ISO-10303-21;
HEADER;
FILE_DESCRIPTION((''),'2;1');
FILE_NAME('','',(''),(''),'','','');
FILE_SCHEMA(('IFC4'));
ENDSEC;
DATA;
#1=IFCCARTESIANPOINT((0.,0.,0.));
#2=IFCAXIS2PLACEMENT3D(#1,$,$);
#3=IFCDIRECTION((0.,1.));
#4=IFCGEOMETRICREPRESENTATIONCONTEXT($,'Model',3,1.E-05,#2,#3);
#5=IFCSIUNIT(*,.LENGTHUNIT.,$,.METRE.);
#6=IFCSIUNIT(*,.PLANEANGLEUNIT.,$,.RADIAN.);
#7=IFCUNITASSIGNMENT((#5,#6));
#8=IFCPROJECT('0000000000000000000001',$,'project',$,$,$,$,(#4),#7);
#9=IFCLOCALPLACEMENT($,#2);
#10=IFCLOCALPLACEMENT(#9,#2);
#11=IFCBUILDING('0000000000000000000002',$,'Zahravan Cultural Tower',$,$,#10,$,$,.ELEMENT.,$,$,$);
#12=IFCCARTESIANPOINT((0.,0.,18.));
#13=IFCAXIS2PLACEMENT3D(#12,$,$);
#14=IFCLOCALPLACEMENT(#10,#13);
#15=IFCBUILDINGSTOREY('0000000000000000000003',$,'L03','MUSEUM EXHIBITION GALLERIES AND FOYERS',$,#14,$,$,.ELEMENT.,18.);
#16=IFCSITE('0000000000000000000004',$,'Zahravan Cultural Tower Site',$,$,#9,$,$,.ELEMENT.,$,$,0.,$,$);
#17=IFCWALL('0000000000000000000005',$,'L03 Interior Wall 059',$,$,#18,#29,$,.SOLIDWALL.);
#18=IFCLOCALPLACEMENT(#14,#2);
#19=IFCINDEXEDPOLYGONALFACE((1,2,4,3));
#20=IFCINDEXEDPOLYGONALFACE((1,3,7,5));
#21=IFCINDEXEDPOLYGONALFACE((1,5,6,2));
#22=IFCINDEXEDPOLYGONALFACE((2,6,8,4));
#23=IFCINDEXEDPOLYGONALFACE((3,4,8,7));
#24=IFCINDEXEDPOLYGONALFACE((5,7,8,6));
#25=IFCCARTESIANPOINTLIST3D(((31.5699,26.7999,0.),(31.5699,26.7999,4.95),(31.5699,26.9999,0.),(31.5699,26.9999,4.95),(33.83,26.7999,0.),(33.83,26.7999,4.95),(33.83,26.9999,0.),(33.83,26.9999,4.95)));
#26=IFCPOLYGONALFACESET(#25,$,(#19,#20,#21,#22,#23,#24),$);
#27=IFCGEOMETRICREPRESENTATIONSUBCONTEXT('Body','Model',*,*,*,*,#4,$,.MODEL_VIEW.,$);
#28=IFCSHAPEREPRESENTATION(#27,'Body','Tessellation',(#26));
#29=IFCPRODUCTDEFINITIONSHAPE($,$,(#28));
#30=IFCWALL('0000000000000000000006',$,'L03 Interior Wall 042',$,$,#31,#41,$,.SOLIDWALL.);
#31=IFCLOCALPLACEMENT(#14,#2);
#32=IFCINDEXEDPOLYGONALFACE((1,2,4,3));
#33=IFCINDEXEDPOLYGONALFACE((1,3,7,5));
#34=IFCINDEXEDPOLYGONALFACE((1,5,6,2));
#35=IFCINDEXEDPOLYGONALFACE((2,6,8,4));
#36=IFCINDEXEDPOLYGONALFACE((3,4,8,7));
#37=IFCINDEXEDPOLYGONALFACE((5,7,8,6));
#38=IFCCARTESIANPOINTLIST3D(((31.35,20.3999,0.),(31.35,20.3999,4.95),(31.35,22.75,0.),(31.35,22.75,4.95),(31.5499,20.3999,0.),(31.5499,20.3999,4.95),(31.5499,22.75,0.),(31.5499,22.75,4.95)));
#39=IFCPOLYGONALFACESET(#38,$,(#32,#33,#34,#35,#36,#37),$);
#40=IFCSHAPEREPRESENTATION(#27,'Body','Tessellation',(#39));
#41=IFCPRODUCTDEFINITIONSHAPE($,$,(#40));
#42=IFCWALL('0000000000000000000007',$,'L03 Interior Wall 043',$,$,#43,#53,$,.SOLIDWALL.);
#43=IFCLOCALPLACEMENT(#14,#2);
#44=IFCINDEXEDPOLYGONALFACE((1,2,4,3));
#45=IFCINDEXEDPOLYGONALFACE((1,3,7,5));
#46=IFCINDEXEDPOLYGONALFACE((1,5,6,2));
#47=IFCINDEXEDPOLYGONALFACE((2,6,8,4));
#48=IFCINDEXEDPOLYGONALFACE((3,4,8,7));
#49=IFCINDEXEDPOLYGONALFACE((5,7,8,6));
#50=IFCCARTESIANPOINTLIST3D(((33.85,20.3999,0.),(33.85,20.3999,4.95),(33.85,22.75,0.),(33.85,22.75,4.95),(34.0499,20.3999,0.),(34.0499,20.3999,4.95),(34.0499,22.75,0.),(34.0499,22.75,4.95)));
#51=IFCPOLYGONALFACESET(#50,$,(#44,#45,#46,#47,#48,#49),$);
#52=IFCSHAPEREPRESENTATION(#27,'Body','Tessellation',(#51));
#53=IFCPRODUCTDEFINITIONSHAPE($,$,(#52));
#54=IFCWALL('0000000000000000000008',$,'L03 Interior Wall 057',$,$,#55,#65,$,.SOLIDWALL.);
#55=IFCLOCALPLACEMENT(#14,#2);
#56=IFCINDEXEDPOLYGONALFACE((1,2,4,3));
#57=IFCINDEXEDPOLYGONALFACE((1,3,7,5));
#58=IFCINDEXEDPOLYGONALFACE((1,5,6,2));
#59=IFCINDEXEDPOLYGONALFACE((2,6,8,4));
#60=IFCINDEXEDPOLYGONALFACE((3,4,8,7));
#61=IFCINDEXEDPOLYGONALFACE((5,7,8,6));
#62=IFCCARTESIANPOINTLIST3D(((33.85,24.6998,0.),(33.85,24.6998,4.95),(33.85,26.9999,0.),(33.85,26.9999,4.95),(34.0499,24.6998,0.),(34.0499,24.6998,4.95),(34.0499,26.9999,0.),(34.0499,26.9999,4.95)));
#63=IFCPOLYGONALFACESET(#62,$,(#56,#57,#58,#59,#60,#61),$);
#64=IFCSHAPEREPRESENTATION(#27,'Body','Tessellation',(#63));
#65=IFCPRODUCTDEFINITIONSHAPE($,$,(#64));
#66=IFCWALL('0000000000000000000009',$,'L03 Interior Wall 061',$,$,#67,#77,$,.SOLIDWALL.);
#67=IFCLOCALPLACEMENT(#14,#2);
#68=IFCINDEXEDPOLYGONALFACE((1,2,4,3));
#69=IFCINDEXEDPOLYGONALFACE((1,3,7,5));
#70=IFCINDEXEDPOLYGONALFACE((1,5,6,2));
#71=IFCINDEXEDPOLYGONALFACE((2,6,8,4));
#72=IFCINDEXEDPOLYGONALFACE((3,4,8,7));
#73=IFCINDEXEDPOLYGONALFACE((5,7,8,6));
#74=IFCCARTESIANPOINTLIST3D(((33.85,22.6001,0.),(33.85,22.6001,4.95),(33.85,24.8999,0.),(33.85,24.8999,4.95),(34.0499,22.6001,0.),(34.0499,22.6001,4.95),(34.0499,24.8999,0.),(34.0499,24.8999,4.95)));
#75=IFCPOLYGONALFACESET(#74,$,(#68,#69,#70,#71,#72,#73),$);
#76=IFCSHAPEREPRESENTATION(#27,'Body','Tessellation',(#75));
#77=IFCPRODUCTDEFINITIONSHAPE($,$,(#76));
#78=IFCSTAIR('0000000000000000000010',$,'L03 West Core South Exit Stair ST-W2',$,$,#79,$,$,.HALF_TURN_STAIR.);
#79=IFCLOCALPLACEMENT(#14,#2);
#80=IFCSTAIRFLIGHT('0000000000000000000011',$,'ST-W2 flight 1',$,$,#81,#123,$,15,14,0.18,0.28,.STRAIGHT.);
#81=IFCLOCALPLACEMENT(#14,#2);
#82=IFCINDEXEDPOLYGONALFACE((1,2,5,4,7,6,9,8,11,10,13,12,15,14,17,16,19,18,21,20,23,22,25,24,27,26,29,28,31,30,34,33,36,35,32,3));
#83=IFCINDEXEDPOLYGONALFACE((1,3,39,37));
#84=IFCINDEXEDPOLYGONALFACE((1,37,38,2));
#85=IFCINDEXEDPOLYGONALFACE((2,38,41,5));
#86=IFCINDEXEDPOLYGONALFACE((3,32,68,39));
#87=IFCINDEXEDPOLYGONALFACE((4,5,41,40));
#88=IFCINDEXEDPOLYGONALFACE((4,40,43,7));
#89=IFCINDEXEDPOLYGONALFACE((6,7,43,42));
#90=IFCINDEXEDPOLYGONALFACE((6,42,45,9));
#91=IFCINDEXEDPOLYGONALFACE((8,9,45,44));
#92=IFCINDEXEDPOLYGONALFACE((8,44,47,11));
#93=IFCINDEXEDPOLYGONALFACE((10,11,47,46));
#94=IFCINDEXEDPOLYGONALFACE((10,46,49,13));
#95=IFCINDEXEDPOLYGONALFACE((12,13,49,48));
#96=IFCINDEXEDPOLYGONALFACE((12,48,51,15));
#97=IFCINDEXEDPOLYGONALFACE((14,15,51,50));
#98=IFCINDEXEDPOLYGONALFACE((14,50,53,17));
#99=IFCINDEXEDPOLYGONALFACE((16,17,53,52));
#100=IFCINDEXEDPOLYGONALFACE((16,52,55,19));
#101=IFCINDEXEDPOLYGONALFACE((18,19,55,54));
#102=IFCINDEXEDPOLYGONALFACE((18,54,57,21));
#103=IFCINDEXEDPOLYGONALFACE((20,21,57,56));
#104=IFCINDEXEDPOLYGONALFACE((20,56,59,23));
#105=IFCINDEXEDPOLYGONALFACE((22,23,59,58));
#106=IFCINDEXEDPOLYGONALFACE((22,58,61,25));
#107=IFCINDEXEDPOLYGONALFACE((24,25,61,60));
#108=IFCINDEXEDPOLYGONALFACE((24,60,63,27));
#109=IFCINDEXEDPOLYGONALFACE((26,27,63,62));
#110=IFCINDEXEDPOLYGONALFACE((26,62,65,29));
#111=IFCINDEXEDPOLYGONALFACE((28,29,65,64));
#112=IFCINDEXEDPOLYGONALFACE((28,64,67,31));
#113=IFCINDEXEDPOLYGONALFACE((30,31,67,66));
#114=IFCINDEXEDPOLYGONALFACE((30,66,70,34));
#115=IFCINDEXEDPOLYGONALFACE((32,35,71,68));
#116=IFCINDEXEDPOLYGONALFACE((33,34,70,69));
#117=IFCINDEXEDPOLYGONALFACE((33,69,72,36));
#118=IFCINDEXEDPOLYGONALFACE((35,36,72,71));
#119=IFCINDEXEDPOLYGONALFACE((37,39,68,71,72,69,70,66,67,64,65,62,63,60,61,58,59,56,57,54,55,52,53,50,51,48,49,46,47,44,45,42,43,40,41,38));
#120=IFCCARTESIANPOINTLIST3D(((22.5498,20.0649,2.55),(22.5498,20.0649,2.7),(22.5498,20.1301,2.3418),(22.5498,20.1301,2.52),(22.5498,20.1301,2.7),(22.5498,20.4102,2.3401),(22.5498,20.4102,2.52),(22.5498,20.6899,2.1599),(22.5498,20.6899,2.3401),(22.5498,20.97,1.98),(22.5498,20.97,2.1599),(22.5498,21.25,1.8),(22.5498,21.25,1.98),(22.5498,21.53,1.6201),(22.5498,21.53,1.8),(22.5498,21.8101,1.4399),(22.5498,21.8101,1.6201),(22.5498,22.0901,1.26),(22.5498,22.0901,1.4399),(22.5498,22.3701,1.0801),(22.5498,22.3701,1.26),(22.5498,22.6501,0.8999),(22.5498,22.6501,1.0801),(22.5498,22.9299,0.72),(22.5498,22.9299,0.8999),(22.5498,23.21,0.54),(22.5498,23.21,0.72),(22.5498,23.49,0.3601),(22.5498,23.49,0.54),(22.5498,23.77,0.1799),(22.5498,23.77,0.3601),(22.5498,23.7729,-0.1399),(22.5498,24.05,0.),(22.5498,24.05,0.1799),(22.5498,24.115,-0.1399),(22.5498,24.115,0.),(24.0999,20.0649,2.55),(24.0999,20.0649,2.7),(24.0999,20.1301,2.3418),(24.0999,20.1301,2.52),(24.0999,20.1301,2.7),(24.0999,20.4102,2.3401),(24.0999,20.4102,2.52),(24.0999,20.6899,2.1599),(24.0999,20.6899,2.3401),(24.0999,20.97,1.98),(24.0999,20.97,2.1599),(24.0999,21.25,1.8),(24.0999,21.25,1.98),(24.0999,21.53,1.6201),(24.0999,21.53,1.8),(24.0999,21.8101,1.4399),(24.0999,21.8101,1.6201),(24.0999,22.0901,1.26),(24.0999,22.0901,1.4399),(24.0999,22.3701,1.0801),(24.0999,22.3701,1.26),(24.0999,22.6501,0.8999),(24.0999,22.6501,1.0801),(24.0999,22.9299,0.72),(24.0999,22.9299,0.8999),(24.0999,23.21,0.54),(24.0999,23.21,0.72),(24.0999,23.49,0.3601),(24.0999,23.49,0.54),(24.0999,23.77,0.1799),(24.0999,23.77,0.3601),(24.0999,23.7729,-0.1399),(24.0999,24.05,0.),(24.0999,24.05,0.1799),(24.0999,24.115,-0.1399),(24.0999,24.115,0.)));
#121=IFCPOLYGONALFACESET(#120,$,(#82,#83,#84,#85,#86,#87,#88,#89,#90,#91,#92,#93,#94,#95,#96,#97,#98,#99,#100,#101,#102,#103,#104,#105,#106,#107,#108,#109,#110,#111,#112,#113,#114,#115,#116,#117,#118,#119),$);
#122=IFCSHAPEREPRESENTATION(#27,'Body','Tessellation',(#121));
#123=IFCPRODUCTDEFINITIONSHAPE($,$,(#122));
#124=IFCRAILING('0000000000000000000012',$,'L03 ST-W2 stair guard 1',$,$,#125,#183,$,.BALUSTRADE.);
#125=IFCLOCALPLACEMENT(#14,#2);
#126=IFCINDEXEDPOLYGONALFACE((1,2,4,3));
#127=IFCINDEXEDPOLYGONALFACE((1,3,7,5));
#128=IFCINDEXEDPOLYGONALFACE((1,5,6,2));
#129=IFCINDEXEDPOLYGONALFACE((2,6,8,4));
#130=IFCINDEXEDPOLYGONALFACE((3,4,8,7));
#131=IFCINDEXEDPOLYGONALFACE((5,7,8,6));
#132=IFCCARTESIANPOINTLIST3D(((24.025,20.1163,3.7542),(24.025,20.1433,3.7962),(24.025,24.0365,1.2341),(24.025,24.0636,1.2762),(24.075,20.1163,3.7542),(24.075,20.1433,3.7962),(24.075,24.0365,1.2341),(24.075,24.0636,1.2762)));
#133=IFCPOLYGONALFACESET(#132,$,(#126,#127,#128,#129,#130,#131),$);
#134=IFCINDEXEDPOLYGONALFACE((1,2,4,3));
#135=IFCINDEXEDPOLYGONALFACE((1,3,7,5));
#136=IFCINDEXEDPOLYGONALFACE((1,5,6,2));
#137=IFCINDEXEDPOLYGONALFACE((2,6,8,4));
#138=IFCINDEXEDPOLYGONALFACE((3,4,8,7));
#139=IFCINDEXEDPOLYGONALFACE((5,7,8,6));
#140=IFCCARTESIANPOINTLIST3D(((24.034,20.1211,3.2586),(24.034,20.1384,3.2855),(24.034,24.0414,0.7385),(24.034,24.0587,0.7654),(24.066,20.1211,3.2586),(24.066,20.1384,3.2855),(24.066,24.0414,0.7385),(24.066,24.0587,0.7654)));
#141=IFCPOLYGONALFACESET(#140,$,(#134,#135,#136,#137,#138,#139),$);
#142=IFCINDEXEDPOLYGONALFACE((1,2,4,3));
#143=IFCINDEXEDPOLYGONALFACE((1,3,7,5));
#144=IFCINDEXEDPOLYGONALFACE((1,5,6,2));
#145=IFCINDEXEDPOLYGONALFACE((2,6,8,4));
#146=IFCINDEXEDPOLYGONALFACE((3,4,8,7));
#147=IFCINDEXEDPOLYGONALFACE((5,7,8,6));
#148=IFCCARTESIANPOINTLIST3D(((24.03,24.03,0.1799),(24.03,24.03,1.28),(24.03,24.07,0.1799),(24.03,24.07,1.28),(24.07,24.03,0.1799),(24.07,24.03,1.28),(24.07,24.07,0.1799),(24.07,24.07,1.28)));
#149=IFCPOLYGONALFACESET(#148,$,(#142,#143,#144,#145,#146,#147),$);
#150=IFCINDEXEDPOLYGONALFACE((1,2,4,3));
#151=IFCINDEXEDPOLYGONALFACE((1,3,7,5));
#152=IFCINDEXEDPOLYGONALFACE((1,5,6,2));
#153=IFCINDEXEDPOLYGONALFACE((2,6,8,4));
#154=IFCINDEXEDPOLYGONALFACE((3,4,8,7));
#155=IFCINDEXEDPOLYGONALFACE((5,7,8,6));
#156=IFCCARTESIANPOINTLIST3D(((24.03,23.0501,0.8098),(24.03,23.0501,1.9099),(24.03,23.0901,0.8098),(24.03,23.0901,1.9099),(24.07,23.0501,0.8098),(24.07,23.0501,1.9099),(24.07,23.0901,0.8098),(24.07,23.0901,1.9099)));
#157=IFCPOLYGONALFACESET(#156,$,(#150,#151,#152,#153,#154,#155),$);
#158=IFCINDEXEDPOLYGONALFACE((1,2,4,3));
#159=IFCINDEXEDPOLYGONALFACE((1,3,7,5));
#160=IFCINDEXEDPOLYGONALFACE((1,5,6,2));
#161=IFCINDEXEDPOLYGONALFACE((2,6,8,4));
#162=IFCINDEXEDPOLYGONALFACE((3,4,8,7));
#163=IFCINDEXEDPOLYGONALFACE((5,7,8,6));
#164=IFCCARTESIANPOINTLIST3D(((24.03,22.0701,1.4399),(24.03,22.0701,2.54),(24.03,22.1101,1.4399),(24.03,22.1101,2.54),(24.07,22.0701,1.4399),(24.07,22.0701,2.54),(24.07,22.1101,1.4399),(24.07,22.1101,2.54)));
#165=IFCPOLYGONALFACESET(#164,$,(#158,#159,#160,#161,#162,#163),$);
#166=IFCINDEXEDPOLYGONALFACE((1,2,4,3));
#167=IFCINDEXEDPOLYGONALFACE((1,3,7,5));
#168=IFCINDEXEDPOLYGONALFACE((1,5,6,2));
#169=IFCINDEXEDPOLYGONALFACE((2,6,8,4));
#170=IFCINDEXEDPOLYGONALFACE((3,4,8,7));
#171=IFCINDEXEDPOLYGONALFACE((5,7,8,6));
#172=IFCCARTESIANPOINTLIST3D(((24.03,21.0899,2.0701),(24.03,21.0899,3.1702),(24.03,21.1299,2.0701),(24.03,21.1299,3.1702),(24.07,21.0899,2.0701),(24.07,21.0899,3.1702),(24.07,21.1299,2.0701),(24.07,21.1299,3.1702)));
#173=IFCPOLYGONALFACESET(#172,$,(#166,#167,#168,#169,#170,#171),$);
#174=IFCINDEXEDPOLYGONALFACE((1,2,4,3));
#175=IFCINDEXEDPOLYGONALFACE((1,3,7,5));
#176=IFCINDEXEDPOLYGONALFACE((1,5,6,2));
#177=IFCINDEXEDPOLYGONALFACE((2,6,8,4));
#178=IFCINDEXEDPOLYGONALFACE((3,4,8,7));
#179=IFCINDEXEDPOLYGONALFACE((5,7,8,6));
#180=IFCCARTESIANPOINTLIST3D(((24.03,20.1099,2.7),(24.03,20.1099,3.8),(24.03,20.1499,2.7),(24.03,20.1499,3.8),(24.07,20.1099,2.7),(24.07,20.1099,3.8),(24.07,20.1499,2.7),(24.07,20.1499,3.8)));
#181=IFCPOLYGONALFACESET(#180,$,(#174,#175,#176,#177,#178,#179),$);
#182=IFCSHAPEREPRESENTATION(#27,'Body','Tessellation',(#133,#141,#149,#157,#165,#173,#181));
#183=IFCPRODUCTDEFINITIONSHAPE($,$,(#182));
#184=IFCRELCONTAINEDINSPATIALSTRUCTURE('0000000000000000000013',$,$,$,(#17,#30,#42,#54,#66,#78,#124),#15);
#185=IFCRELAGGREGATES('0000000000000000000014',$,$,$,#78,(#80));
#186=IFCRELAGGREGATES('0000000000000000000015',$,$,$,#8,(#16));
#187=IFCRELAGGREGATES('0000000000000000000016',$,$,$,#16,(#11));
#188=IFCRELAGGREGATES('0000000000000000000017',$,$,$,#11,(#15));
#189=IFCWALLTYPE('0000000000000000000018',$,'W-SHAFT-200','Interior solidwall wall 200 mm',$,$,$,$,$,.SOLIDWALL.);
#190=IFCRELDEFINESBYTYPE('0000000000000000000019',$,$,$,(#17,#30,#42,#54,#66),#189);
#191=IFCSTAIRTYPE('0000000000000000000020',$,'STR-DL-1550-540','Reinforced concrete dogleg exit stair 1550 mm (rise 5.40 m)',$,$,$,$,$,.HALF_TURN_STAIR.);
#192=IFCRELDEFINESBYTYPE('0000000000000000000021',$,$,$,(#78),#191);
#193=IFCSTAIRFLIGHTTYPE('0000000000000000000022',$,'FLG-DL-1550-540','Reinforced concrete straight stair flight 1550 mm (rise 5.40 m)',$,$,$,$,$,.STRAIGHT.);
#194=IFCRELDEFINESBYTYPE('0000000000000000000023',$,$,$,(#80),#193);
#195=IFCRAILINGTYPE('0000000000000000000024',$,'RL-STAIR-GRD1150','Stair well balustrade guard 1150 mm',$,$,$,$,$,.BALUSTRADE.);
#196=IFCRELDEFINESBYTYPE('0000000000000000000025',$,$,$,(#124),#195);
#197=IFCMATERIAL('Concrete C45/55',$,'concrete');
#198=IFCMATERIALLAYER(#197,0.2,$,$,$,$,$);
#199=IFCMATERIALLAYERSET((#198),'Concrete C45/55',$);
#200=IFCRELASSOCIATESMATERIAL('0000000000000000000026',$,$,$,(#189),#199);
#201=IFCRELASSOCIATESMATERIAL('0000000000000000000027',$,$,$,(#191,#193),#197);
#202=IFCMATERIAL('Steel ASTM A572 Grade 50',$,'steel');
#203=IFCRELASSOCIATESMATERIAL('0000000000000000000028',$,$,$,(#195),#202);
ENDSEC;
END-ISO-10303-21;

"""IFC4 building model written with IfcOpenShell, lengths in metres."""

from ifc_helpers import new_model, si_unit, direction, frame, frame_2d, origin, origin_2d, place, context, subcontext, project, spatial, polyline, rectangle, outline, extrude, source, transform, mapped, material, layer, layer_set, type_object, element, aggregate, save


model = new_model("IFC4")

# Units and contexts
model_context = context("Model", 3, precision=1e-05, world=origin(), true_north=direction((0.0, 1.0)))
body_context = subcontext(model_context, "Body", "Model", "MODEL_VIEW")
ifc_project = project(units=[si_unit("LENGTHUNIT", "METRE"), si_unit("PLANEANGLEUNIT", "RADIAN")], contexts=[model_context])

# Site, building, storey
site_placement = place(None, origin())
site = spatial("IfcSite", under=ifc_project, at=site_placement, Name="Zahravan Cultural Tower Site", CompositionType="ELEMENT", RefElevation=0.0)
building_placement = place(site_placement, origin())
building = spatial("IfcBuilding", under=site, at=building_placement, Name="Zahravan Cultural Tower", CompositionType="ELEMENT")
storey_placement = place(building_placement, frame((0.0, 0.0, 18.0)))
storey = spatial("IfcBuildingStorey", under=building, at=storey_placement, Name="L03", Description="MUSEUM EXHIBITION GALLERIES AND FOYERS", CompositionType="ELEMENT", Elevation=18.0)

# Shared definitions
ifc_material_1 = material(Name="Steel ASTM A572 Grade 50", Category="steel")
ifc_material_2 = material(Name="Concrete C45/55", Category="concrete")
ifc_layer_1 = layer(ifc_material_2, 0.2)
ifc_layer_set_1 = layer_set([ifc_layer_1], Name="Concrete C45/55")
wall_type_1 = type_object("IfcWallType", Name="W-SHAFT-200", Description="Interior solidwall wall 200 mm", PredefinedType="SOLIDWALL", material=ifc_layer_set_1)

# Walls
shared_shape_1 = source(origin(), body_context, "Body", "SweptSolid", [
    extrude(rectangle(XDim=2.26, YDim=0.2, at=frame_2d((1.1299, 0.0))), origin(), (0.0, 0.0, 1.0), 4.95),
])
for number, where, z_axis, x_axis, name in (
    (1, (31.5701, 26.8999, 0.0), (0.0, 0.0, 1.0), (1.0, 0.0, 0.0), "L03 Interior Wall 059"),
):
    element("IfcWall", number, at=place(storey_placement, frame(where, z_axis=z_axis, x_axis=x_axis)), inside=storey, type_object=wall_type_1, Name=name, PredefinedType="SOLIDWALL", context=body_context, shape_type="MappedRepresentation", body=[
        mapped(shared_shape_1, transform((0.0, 0.0, 0.0), x_axis=(1.0, 0.0, 0.0), y_axis=(0.0, 1.0, 0.0), z_axis=(0.0, 0.0, 1.0), scale=1.0)),
    ])
shared_shape_2 = source(origin(), body_context, "Body", "SweptSolid", [
    extrude(rectangle(XDim=2.3501, YDim=0.2, at=frame_2d((1.175, 0.0))), origin(), (0.0, 0.0, 1.0), 4.95),
])
for number, where, z_axis, x_axis, name in (
    (2, (31.45, 20.3999, 0.0), (0.0, 0.0, 1.0), (0.0, 1.0, 0.0), "L03 Interior Wall 042"),
    (3, (33.95, 20.3999, 0.0), (0.0, 0.0, 1.0), (0.0, 1.0, 0.0), "L03 Interior Wall 043"),
):
    element("IfcWall", number, at=place(storey_placement, frame(where, z_axis=z_axis, x_axis=x_axis)), inside=storey, type_object=wall_type_1, Name=name, PredefinedType="SOLIDWALL", context=body_context, shape_type="MappedRepresentation", body=[
        mapped(shared_shape_2, transform((0.0, 0.0, 0.0), x_axis=(1.0, 0.0, 0.0), y_axis=(0.0, 1.0, 0.0), z_axis=(0.0, 0.0, 1.0), scale=1.0)),
    ])
shared_shape_3 = source(origin(), body_context, "Body", "SweptSolid", [
    extrude(rectangle(XDim=2.3, YDim=0.2, at=frame_2d((1.1499, 0.0))), origin(), (0.0, 0.0, 1.0), 4.95),
])
wall_1_placement = place(storey_placement, frame((33.95, 24.7, 0.0), z_axis=(0.0, 0.0, 1.0), x_axis=(0.0, 1.0, 0.0)))
element("IfcWall", 4, at=wall_1_placement, inside=storey, type_object=wall_type_1, Name="L03 Interior Wall 057", PredefinedType="SOLIDWALL", context=body_context, shape_type="MappedRepresentation", body=[
    mapped(shared_shape_3, transform((0.0, 0.0, 0.0), x_axis=(1.0, 0.0, 0.0), y_axis=(0.0, 1.0, 0.0), z_axis=(0.0, 0.0, 1.0), scale=1.0)),
])
shared_shape_4 = source(origin(), body_context, "Body", "SweptSolid", [
    extrude(rectangle(XDim=2.2998, YDim=0.2, at=frame_2d((1.1499, 0.0))), origin(), (0.0, 0.0, 1.0), 4.95),
])
wall_2_placement = place(storey_placement, frame((33.95, 22.6001, 0.0), z_axis=(0.0, 0.0, 1.0), x_axis=(0.0, 1.0, 0.0)))
element("IfcWall", 5, at=wall_2_placement, inside=storey, type_object=wall_type_1, Name="L03 Interior Wall 061", PredefinedType="SOLIDWALL", context=body_context, shape_type="MappedRepresentation", body=[
    mapped(shared_shape_4, transform((0.0, 0.0, 0.0), x_axis=(1.0, 0.0, 0.0), y_axis=(0.0, 1.0, 0.0), z_axis=(0.0, 0.0, 1.0), scale=1.0)),
])

# Stair, stair flight
stair_type = type_object("IfcStairType", Name="STR-DL-1550-540", Description="Reinforced concrete dogleg exit stair 1550 mm (rise 5.40 m)", PredefinedType="HALF_TURN_STAIR", material=ifc_material_2)
stair_placement = place(storey_placement, origin())
stair = element("IfcStair", 6, at=stair_placement, inside=storey, type_object=stair_type, Name="L03 West Core South Exit Stair ST-W2", PredefinedType="HALF_TURN_STAIR")
stair_flight_type = type_object("IfcStairFlightType", Name="FLG-DL-1550-540", Description="Reinforced concrete straight stair flight 1550 mm (rise 5.40 m)", PredefinedType="STRAIGHT", material=ifc_material_2)
stair_flight_placement = place(storey_placement, frame((23.325, 24.05, 0.0), z_axis=(0.0, 0.0, 1.0), x_axis=(0.0, -1.0, 0.0)))
stair_flight = element("IfcStairFlight", 7, at=stair_flight_placement, type_object=stair_flight_type, Name="ST-W2 flight 1", NumberOfRisers=15, NumberOfTreads=14, PredefinedType="STRAIGHT", RiserHeight=0.18, TreadLength=0.28, context=body_context, shape_type="SweptSolid", body=[
    extrude(outline(polyline([(-0.0649, -0.1399), (-0.0649, 0.0), (0.0, 0.0), (0.0, 0.1799), (0.28, 0.1799), (0.28, 0.3601), (0.5601, 0.3601), (0.5601, 0.54), (0.8401, 0.54), (0.8401, 0.72), (1.1201, 0.72), (1.1201, 0.8999), (1.3999, 0.8999), (1.3999, 1.0801), (1.6799, 1.0801), (1.6799, 1.26), (1.96, 1.26), (1.96, 1.4399), (2.24, 1.4399), (2.24, 1.6201), (2.52, 1.6201), (2.52, 1.8), (2.8, 1.8), (2.8, 1.98), (3.0801, 1.98), (3.0801, 2.1599), (3.3601, 2.1599), (3.3601, 2.3401), (3.6399, 2.3401), (3.6399, 2.52), (3.9199, 2.52), (3.9199, 2.7), (3.9851, 2.7), (3.9851, 2.55), (3.9199, 2.3418), (0.2771, -0.1399), (-0.0649, -0.1399)])), frame((0.0, 0.7749, 0.0), z_axis=(0.0, -1.0, 0.0), x_axis=(1.0, 0.0, 0.0)), (0.0, 0.0, 1.0), 1.55),
])
aggregate(stair, [stair_flight])

# Railing
railing_type_1 = type_object("IfcRailingType", Name="RL-STAIR-GRD1150", Description="Stair well balustrade guard 1150 mm", PredefinedType="BALUSTRADE", material=ifc_material_1)
railing_1_placement = place(storey_placement, frame((24.05, 24.05, 0.1799)))
element("IfcRailing", 8, at=railing_1_placement, inside=storey, type_object=railing_type_1, Name="L03 ST-W2 stair guard 1", PredefinedType="BALUSTRADE", context=body_context, shape_type="SweptSolid", body=[
    extrude(rectangle(XDim=0.05, YDim=0.05, at=origin_2d()), frame((0.0, 0.0, 1.0752), z_axis=(0.0, -0.841187, 0.540744), x_axis=(1.0, 0.0, 0.0)), (0.0, 0.0, 1.0), 4.6604),
    extrude(rectangle(XDim=0.032, YDim=0.032, at=origin_2d()), frame((0.0, 0.0, 0.572), z_axis=(0.0, -0.841187, 0.540744), x_axis=(1.0, 0.0, 0.0)), (0.0, 0.0, 1.0), 4.6604),
    extrude(rectangle(XDim=0.04, YDim=0.04, at=origin_2d()), origin(), (0.0, 0.0, 1.0), 1.1001),
    extrude(rectangle(XDim=0.04, YDim=0.04, at=origin_2d()), frame((0.0, -0.98, 0.6299)), (0.0, 0.0, 1.0), 1.1001),
    extrude(rectangle(XDim=0.04, YDim=0.04, at=origin_2d()), frame((0.0, -1.96, 1.26)), (0.0, 0.0, 1.0), 1.1001),
    extrude(rectangle(XDim=0.04, YDim=0.04, at=origin_2d()), frame((0.0, -2.9402, 1.8901)), (0.0, 0.0, 1.0), 1.1001),
    extrude(rectangle(XDim=0.04, YDim=0.04, at=origin_2d()), frame((0.0, -3.9202, 2.52)), (0.0, 0.0, 1.0), 1.1001),
])

save(model, "model.ifc")
